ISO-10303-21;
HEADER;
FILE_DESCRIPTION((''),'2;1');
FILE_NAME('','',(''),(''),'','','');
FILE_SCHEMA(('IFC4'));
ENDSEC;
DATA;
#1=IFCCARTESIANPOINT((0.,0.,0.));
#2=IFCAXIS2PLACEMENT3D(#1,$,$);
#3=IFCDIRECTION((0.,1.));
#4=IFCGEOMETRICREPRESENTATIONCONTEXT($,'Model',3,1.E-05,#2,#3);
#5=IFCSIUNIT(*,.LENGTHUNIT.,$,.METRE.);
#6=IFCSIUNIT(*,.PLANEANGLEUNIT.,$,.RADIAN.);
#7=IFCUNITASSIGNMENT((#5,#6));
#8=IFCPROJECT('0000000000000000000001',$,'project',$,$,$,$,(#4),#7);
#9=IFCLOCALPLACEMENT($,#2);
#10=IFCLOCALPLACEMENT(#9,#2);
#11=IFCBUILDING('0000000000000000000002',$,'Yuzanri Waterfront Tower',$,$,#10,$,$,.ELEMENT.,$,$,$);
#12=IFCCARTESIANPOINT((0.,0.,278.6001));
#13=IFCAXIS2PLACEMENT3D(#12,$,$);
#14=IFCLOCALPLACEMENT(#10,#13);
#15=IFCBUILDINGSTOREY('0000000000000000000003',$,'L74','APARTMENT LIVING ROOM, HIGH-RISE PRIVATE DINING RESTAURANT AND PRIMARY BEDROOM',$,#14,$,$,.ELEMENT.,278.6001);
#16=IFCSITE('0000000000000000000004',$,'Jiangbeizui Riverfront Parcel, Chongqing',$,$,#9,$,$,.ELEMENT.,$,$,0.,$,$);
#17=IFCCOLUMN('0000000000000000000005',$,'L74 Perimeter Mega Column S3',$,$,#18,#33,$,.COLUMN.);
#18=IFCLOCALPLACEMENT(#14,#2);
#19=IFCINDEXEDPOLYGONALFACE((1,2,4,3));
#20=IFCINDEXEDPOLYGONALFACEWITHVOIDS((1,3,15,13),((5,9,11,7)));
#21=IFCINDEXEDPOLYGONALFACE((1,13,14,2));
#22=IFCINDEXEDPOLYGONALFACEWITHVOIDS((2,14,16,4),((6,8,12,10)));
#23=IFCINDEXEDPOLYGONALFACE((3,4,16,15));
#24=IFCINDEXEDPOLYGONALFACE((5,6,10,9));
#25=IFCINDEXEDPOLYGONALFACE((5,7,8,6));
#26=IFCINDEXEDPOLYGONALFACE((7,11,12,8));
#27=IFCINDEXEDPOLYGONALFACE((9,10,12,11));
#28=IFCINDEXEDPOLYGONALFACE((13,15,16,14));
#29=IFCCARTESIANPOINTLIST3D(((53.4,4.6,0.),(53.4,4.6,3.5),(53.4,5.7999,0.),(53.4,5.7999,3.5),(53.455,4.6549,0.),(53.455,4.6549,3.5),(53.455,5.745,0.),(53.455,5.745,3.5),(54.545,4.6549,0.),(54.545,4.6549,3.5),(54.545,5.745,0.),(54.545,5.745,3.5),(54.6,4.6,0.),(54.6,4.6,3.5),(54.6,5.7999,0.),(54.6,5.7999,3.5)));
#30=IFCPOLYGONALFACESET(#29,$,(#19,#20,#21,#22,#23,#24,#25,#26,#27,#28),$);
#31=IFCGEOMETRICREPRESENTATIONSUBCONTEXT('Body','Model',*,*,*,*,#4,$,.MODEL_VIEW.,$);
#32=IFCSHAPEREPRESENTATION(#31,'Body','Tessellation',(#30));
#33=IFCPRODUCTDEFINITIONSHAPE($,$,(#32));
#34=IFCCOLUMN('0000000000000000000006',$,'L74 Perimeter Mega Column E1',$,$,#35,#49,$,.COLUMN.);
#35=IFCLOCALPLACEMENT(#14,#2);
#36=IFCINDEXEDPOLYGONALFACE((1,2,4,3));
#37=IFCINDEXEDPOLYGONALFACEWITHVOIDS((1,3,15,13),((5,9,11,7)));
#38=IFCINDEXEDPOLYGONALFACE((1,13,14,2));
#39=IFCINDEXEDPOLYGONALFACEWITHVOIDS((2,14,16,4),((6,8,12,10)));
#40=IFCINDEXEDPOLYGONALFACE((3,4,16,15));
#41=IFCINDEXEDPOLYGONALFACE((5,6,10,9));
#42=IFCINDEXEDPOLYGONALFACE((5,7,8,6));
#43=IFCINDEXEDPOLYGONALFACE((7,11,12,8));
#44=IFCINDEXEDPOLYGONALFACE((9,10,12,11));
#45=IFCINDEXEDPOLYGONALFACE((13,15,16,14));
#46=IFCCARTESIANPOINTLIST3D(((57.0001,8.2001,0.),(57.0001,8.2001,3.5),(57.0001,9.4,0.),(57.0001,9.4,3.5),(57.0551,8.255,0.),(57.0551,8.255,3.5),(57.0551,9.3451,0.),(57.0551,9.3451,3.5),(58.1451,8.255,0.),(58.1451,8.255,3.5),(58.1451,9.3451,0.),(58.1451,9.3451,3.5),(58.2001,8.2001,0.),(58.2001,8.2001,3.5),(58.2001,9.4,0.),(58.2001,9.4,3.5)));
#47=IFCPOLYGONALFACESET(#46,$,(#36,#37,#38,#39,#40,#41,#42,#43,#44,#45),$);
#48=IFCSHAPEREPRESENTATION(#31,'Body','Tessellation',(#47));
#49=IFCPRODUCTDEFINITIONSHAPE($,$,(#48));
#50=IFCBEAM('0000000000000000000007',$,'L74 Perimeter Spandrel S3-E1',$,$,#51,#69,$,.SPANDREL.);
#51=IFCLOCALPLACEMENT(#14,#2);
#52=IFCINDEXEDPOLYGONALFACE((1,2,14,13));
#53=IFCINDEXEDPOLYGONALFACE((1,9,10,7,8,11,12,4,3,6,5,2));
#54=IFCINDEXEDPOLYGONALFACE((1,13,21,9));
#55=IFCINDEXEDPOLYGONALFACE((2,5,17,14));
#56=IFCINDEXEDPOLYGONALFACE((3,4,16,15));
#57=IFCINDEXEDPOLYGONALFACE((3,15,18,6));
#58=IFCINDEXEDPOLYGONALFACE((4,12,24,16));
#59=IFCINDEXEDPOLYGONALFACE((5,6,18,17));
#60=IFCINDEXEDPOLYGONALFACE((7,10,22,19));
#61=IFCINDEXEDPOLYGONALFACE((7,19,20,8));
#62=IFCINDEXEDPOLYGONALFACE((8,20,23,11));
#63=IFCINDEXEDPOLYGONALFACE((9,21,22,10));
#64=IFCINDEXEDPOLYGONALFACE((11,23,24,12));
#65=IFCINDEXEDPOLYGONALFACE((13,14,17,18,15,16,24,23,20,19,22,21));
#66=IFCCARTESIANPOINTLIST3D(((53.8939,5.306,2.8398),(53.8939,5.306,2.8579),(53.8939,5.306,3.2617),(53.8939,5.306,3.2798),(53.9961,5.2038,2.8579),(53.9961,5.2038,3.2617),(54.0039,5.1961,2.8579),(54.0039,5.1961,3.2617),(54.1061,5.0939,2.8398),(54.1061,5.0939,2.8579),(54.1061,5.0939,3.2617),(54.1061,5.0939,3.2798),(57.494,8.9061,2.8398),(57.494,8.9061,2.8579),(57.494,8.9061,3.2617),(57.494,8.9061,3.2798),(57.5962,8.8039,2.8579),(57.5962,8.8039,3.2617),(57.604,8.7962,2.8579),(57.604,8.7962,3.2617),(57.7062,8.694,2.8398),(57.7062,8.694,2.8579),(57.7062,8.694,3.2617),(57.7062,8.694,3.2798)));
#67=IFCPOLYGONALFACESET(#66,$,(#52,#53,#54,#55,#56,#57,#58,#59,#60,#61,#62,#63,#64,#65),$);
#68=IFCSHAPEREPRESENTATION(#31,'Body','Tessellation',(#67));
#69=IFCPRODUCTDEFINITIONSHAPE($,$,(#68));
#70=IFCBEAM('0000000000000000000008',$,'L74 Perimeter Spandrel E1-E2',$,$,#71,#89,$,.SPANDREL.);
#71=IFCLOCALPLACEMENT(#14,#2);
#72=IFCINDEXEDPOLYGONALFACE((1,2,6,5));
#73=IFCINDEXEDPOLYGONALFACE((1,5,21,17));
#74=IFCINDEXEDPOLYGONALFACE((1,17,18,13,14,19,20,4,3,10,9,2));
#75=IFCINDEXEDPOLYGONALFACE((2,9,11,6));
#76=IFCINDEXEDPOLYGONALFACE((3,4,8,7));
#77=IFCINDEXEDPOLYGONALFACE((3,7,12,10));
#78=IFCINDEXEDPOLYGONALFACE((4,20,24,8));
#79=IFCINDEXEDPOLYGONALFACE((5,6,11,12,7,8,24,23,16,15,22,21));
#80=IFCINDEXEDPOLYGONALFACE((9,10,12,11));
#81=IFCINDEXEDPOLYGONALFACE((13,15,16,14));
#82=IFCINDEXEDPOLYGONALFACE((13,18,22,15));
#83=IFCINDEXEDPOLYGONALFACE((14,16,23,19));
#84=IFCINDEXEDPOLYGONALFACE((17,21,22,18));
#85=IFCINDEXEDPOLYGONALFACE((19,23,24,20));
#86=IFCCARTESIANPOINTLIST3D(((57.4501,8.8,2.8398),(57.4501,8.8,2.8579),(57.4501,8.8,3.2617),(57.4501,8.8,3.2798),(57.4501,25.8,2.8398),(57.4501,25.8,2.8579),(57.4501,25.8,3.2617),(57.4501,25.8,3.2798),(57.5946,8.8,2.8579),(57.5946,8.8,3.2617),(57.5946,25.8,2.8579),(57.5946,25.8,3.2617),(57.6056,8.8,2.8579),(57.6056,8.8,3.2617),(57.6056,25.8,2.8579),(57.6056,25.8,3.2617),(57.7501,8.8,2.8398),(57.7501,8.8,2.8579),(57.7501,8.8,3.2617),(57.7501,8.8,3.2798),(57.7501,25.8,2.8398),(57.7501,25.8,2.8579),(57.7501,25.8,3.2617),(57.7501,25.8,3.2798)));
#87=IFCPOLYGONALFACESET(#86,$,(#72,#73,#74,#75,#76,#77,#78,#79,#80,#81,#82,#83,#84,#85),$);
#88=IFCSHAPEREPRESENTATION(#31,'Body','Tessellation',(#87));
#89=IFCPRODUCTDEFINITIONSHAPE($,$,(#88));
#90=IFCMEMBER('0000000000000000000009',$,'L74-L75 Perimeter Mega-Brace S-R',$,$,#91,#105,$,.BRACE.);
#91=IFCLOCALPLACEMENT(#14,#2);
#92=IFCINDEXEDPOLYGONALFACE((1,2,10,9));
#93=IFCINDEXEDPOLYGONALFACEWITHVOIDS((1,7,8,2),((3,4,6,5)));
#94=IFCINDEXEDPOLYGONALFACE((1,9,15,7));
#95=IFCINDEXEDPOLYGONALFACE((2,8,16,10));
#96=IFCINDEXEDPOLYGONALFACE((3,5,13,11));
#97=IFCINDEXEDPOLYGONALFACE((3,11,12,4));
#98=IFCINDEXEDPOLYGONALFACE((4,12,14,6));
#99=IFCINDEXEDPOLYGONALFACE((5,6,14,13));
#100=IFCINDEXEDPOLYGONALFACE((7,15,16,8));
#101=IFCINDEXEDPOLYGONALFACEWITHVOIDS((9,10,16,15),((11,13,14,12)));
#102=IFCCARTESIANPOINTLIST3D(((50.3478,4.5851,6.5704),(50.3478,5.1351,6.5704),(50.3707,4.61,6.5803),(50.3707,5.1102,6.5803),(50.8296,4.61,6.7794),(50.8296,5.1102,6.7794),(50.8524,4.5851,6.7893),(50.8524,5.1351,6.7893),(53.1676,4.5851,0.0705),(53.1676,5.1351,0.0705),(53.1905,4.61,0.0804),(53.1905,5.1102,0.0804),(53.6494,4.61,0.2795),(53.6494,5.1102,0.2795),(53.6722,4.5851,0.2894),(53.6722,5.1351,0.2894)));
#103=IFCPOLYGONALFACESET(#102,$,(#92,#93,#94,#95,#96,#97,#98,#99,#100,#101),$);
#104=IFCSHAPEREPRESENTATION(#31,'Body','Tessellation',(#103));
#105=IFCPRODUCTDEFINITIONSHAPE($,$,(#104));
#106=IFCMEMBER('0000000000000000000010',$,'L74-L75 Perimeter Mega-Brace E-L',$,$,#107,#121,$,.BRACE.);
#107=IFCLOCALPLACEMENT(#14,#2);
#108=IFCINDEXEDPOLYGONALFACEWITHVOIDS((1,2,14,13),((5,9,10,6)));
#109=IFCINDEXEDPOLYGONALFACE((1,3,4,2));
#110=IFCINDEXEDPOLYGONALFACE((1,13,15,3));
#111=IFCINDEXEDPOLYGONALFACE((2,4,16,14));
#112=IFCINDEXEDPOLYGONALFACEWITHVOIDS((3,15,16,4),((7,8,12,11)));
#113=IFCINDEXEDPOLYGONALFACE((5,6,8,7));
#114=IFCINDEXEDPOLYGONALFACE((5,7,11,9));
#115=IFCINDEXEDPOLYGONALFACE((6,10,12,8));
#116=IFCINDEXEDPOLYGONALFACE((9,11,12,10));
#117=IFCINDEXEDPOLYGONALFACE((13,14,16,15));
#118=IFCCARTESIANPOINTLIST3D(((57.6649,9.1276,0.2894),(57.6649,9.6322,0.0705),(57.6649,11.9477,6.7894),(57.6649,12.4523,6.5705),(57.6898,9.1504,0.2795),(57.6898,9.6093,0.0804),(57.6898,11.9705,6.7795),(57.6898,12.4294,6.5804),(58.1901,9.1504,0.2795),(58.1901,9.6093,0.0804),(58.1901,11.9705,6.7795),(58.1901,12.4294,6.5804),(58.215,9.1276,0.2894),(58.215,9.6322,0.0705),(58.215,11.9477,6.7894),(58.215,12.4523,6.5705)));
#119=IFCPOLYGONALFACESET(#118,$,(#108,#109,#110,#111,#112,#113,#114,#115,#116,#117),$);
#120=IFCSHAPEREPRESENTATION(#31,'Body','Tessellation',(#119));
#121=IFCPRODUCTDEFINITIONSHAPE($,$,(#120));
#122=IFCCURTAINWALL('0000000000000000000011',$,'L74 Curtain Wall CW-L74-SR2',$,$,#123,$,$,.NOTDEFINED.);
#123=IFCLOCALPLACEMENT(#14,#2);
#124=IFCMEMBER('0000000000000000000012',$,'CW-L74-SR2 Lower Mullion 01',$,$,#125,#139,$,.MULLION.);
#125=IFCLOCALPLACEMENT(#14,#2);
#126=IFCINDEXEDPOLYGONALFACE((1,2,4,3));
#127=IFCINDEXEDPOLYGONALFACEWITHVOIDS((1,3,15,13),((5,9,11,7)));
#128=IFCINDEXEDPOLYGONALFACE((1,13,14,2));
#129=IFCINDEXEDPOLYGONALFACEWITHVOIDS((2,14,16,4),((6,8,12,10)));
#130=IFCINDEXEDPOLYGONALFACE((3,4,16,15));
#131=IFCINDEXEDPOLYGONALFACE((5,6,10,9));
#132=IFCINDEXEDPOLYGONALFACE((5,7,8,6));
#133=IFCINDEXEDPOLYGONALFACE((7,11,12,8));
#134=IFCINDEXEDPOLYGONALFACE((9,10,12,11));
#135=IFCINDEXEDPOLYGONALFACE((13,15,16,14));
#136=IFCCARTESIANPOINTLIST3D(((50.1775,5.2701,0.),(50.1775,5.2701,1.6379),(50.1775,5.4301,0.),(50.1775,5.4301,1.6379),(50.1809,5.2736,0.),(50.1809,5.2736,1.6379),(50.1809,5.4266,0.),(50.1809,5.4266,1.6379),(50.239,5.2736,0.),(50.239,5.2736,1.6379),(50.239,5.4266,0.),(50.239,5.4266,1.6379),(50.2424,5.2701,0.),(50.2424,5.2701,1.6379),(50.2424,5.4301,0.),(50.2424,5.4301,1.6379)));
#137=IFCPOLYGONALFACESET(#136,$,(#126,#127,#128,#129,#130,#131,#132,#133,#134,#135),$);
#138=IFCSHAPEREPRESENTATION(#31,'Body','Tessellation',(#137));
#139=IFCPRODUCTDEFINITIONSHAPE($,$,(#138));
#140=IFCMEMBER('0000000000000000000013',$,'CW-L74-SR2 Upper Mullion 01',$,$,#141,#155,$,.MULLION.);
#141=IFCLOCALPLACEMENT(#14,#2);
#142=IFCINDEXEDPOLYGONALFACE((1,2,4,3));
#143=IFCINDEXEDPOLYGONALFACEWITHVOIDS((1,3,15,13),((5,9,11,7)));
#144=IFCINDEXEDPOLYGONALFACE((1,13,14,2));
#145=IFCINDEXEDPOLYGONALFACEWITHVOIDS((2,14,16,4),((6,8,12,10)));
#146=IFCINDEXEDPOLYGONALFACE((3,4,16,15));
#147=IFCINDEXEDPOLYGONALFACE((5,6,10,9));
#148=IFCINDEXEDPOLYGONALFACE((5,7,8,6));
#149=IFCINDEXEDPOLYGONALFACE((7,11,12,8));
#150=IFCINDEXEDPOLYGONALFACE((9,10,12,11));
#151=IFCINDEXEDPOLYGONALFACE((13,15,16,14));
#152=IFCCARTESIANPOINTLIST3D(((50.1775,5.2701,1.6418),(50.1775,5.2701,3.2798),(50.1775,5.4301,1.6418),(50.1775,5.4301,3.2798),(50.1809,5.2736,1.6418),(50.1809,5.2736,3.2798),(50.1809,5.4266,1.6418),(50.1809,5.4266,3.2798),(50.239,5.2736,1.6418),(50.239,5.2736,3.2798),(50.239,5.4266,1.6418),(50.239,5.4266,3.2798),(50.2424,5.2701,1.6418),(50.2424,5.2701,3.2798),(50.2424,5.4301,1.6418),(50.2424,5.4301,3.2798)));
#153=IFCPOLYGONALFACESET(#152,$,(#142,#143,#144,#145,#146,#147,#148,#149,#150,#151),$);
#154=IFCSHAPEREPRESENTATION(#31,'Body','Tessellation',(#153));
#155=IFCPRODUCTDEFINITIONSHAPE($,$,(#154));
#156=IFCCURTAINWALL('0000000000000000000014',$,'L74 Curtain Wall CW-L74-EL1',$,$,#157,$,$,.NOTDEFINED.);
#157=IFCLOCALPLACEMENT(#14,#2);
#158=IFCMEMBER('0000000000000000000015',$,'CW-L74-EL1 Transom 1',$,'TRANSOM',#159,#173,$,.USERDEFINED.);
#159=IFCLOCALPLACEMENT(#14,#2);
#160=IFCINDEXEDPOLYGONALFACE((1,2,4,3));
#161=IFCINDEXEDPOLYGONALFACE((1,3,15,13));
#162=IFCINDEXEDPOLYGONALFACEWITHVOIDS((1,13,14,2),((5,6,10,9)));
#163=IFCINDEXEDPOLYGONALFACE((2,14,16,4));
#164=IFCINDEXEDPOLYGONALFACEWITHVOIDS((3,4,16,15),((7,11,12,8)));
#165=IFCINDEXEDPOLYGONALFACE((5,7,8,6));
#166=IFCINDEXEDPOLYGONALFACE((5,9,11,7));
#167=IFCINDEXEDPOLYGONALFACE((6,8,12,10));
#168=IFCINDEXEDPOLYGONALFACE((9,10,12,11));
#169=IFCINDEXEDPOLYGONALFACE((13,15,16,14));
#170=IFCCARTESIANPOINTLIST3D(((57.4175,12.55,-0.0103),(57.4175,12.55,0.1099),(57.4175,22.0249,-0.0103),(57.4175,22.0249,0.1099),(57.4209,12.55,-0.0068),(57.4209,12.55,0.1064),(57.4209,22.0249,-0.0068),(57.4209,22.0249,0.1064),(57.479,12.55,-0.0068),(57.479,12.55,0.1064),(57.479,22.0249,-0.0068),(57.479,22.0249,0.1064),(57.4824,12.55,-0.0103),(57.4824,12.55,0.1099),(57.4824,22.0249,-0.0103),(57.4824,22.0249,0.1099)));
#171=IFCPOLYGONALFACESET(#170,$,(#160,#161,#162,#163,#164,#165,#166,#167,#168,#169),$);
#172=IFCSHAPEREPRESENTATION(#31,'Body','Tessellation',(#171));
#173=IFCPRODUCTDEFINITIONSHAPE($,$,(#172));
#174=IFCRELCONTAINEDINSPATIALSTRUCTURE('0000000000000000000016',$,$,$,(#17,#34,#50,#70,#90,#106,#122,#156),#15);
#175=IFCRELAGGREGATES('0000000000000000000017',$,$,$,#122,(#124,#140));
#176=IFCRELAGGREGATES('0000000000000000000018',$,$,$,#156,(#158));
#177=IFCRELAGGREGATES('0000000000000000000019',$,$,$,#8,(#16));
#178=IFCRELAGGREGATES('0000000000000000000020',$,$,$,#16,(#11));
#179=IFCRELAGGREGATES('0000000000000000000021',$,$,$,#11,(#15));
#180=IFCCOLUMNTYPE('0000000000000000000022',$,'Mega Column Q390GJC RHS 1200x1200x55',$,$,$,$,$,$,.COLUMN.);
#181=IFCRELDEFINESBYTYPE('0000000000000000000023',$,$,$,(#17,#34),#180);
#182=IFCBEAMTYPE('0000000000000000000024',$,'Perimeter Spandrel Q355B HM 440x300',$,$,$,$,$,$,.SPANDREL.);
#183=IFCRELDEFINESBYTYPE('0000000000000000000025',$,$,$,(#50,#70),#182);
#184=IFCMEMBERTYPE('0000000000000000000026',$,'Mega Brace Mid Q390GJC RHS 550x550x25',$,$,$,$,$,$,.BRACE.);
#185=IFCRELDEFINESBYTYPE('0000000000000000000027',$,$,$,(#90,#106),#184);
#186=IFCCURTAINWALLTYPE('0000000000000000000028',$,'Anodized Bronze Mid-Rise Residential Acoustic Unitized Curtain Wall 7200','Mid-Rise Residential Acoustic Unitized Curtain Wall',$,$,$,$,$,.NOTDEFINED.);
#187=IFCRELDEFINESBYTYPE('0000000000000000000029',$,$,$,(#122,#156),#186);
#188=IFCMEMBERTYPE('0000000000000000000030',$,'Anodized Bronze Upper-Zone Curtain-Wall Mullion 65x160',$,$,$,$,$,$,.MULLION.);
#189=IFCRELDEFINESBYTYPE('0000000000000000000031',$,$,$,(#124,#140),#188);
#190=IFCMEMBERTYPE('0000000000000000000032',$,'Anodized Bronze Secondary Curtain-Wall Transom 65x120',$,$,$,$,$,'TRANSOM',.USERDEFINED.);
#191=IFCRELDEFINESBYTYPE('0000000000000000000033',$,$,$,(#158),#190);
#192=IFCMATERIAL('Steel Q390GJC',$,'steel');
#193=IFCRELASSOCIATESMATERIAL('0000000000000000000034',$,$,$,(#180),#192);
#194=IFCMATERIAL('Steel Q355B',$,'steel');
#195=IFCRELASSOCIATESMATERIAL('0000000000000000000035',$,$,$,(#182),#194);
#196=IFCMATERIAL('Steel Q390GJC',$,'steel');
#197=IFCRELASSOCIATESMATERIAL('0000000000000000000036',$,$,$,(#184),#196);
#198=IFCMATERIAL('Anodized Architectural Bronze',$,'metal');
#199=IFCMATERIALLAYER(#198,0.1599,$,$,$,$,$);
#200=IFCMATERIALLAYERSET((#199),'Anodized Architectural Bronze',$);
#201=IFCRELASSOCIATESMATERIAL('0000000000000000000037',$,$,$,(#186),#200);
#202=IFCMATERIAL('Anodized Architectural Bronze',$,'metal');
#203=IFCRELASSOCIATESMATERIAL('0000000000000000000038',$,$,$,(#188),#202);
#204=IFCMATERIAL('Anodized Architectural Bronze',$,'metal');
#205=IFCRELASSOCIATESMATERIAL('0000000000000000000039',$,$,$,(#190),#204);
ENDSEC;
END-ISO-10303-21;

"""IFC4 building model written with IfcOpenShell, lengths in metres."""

from ifc_helpers import new_model, si_unit, direction, frame, origin, origin_2d, place, context, subcontext, project, spatial, hollow_rectangle, i_section, extrude, source, transform, mapped, material, layer, layer_set, material_profile, profile_set, type_object, element, aggregate, save


model = new_model("IFC4")

# Units and contexts
model_context = context("Model", 3, precision=1e-05, world=origin(), true_north=direction((0.0, 1.0)))
body_context = subcontext(model_context, "Body", "Model", "MODEL_VIEW")
ifc_project = project(units=[si_unit("LENGTHUNIT", "METRE"), si_unit("PLANEANGLEUNIT", "RADIAN")], contexts=[model_context])

# Site, building, storey
site_placement = place(None, origin())
site = spatial("IfcSite", under=ifc_project, at=site_placement, Name="Jiangbeizui Riverfront Parcel, Chongqing", CompositionType="ELEMENT", RefElevation=0.0)
building_placement = place(site_placement, origin())
building = spatial("IfcBuilding", under=site, at=building_placement, Name="Yuzanri Waterfront Tower", CompositionType="ELEMENT")
storey_placement = place(building_placement, frame((0.0, 0.0, 278.6001)))
storey = spatial("IfcBuildingStorey", under=building, at=storey_placement, Name="L74", Description="APARTMENT LIVING ROOM, HIGH-RISE PRIVATE DINING RESTAURANT AND PRIMARY BEDROOM", CompositionType="ELEMENT", Elevation=278.6001)

# Columns
ifc_material_1 = material(Name="Steel Q390GJC", Category="steel")
ifc_material_profile_1 = material_profile(ifc_material_1, hollow_rectangle(XDim=1.2, YDim=1.2, WallThickness=0.0549, at=origin_2d()), Name="RHS 1200x1200x55")
ifc_profile_set_1 = profile_set([ifc_material_profile_1], Name="Steel Q390GJC")
column_type = type_object("IfcColumnType", Name="Mega Column Q390GJC RHS 1200x1200x55", PredefinedType="COLUMN", material=ifc_profile_set_1)
shared_shape_1 = source(origin(), body_context, "Body", "SweptSolid", [
    extrude(hollow_rectangle(XDim=1.2, YDim=1.2, WallThickness=0.0549, at=origin_2d()), origin(), (0.0, 0.0, 1.0), 3.5),
])
for number, where, z_axis, x_axis, name in (
    (1, (54.0, 5.2, 0.0), (0.0, 0.0, 1.0), (1.0, 0.0, 0.0), "L74 Perimeter Mega Column S3"),
    (2, (57.6001, 8.8, 0.0), (0.0, 0.0, 1.0), (1.0, 0.0, 0.0), "L74 Perimeter Mega Column E1"),
):
    element("IfcColumn", number, at=place(storey_placement, frame(where, z_axis=z_axis, x_axis=x_axis)), inside=storey, type_object=column_type, Name=name, PredefinedType="COLUMN", context=body_context, shape_type="MappedRepresentation", body=[
        mapped(shared_shape_1, transform((0.0, 0.0, 0.0), scale=1.0)),
    ])

# Beams
ifc_material_2 = material(Name="Steel Q355B", Category="steel")
ifc_material_profile_2 = material_profile(ifc_material_2, i_section(OverallWidth=0.3, OverallDepth=0.4399, WebThickness=0.011, FlangeThickness=0.0181, at=origin_2d()), Name="HM 440x300x11x18")
ifc_profile_set_2 = profile_set([ifc_material_profile_2], Name="Steel Q355B")
beam_type = type_object("IfcBeamType", Name="Perimeter Spandrel Q355B HM 440x300", PredefinedType="SPANDREL", material=ifc_profile_set_2)
shared_shape_2 = source(origin(), body_context, "Body", "SweptSolid", [
    extrude(i_section(OverallWidth=0.3, OverallDepth=0.4399, WebThickness=0.011, FlangeThickness=0.0181, at=origin_2d()), origin(), (0.0, 0.0, 1.0), 5.0913),
])
beam_1_placement = place(storey_placement, frame((54.0, 5.2, 3.0598), z_axis=(0.707107, 0.707107, 0.0), x_axis=(-0.707107, 0.707107, 0.0)))
element("IfcBeam", 3, at=beam_1_placement, inside=storey, type_object=beam_type, Name="L74 Perimeter Spandrel S3-E1", PredefinedType="SPANDREL", context=body_context, shape_type="MappedRepresentation", body=[
    mapped(shared_shape_2, transform((0.0, 0.0, 0.0), scale=1.0)),
])
shared_shape_3 = source(origin(), body_context, "Body", "SweptSolid", [
    extrude(i_section(OverallWidth=0.3, OverallDepth=0.4399, WebThickness=0.011, FlangeThickness=0.0181, at=origin_2d()), origin(), (0.0, 0.0, 1.0), 17.0),
])
beam_2_placement = place(storey_placement, frame((57.6001, 8.8, 3.0598), z_axis=(0.0, 1.0, 0.0), x_axis=(-1.0, 0.0, 0.0)))
element("IfcBeam", 4, at=beam_2_placement, inside=storey, type_object=beam_type, Name="L74 Perimeter Spandrel E1-E2", PredefinedType="SPANDREL", context=body_context, shape_type="MappedRepresentation", body=[
    mapped(shared_shape_3, transform((0.0, 0.0, 0.0), scale=1.0)),
])

# Members
ifc_material_3 = material(Name="Steel Q390GJC", Category="steel")
ifc_material_profile_3 = material_profile(ifc_material_3, hollow_rectangle(XDim=0.55, YDim=0.55, WallThickness=0.0249, at=origin_2d()), Name="RHS 550x550x25")
ifc_profile_set_3 = profile_set([ifc_material_profile_3], Name="Steel Q390GJC")
member_type_1 = type_object("IfcMemberType", Name="Mega Brace Mid Q390GJC RHS 550x550x25", PredefinedType="BRACE", material=ifc_profile_set_3)
shared_shape_4 = source(origin(), body_context, "Body", "SweptSolid", [
    extrude(hollow_rectangle(XDim=0.55, YDim=0.55, WallThickness=0.0249, at=origin_2d()), origin(), (0.0, 0.0, 1.0), 7.0852),
])
member_1_placement = place(storey_placement, frame((53.4199, 4.8601, 0.1799), z_axis=(-0.397983, 0.0, 0.917393), x_axis=(0.0, -1.0, 0.0)))
element("IfcMember", 5, at=member_1_placement, inside=storey, type_object=member_type_1, Name="L74-L75 Perimeter Mega-Brace S-R", PredefinedType="BRACE", context=body_context, shape_type="MappedRepresentation", body=[
    mapped(shared_shape_4, transform((0.0, 0.0, 0.0), scale=1.0)),
])
shared_shape_5 = source(origin(), body_context, "Body", "SweptSolid", [
    extrude(hollow_rectangle(XDim=0.55, YDim=0.55, WallThickness=0.0249, at=origin_2d()), origin(), (0.0, 0.0, 1.0), 7.0854),
])
member_2_placement = place(storey_placement, frame((57.9399, 9.3799, 0.1799), z_axis=(0.0, 0.398012, 0.91738), x_axis=(-1.0, 0.0, 0.0)))
element("IfcMember", 6, at=member_2_placement, inside=storey, type_object=member_type_1, Name="L74-L75 Perimeter Mega-Brace E-L", PredefinedType="BRACE", context=body_context, shape_type="MappedRepresentation", body=[
    mapped(shared_shape_5, transform((0.0, 0.0, 0.0), scale=1.0)),
])

# Curtain walls, members
ifc_material_4 = material(Name="Anodized Architectural Bronze", Category="metal")
ifc_layer_1 = layer(ifc_material_4, 0.1599)
ifc_layer_set_1 = layer_set([ifc_layer_1], Name="Anodized Architectural Bronze")
curtain_wall_type = type_object("IfcCurtainWallType", Name="Anodized Bronze Mid-Rise Residential Acoustic Unitized Curtain Wall 7200", Description="Mid-Rise Residential Acoustic Unitized Curtain Wall", PredefinedType="NOTDEFINED", material=ifc_layer_set_1)
curtain_wall_1_placement = place(storey_placement, origin())
curtain_wall_1 = element("IfcCurtainWall", 7, at=curtain_wall_1_placement, inside=storey, type_object=curtain_wall_type, Name="L74 Curtain Wall CW-L74-SR2", PredefinedType="NOTDEFINED")
ifc_material_5 = material(Name="Anodized Architectural Bronze", Category="metal")
ifc_material_profile_4 = material_profile(ifc_material_5, hollow_rectangle(XDim=0.0649, YDim=0.1599, WallThickness=0.0034, at=origin_2d()), Name="CWM 65x160")
ifc_profile_set_4 = profile_set([ifc_material_profile_4], Name="Anodized Architectural Bronze")
member_type_2 = type_object("IfcMemberType", Name="Anodized Bronze Upper-Zone Curtain-Wall Mullion 65x160", PredefinedType="MULLION", material=ifc_profile_set_4)
shared_shape_6 = source(origin(), body_context, "Body", "SweptSolid", [
    extrude(hollow_rectangle(XDim=0.0649, YDim=0.1599, WallThickness=0.0034, at=origin_2d()), origin(), (0.0, 0.0, 1.0), 1.6379),
])
member_3_placement = place(storey_placement, frame((50.21, 5.3501, 0.0), z_axis=(0.0, 0.0, 1.0), x_axis=(1.0, 0.0, 0.0)))
member_3 = element("IfcMember", 8, at=member_3_placement, type_object=member_type_2, Name="CW-L74-SR2 Lower Mullion 01", PredefinedType="MULLION", context=body_context, shape_type="MappedRepresentation", body=[
    mapped(shared_shape_6, transform((0.0, 0.0, 0.0), scale=1.0)),
])
member_4_placement = place(storey_placement, frame((50.21, 5.3501, 1.6418), z_axis=(0.0, 0.0, 1.0), x_axis=(1.0, 0.0, 0.0)))
member_4 = element("IfcMember", 9, at=member_4_placement, type_object=member_type_2, Name="CW-L74-SR2 Upper Mullion 01", PredefinedType="MULLION", context=body_context, shape_type="MappedRepresentation", body=[
    mapped(shared_shape_6, transform((0.0, 0.0, 0.0), scale=1.0)),
])
aggregate(curtain_wall_1, [member_3, member_4])
curtain_wall_2_placement = place(storey_placement, origin())
curtain_wall_2 = element("IfcCurtainWall", 10, at=curtain_wall_2_placement, inside=storey, type_object=curtain_wall_type, Name="L74 Curtain Wall CW-L74-EL1", PredefinedType="NOTDEFINED")
ifc_material_6 = material(Name="Anodized Architectural Bronze", Category="metal")
ifc_material_profile_5 = material_profile(ifc_material_6, hollow_rectangle(XDim=0.0649, YDim=0.1201, WallThickness=0.0034, at=origin_2d()), Name="CWT 65x120")
ifc_profile_set_5 = profile_set([ifc_material_profile_5], Name="Anodized Architectural Bronze")
member_type_3 = type_object("IfcMemberType", Name="Anodized Bronze Secondary Curtain-Wall Transom 65x120", ElementType="TRANSOM", PredefinedType="USERDEFINED", material=ifc_profile_set_5)
shared_shape_7 = source(origin(), body_context, "Body", "SweptSolid", [
    extrude(hollow_rectangle(XDim=0.0649, YDim=0.1201, WallThickness=0.0034, at=origin_2d()), origin(), (0.0, 0.0, 1.0), 9.4749),
])
member_5_placement = place(storey_placement, frame((57.45, 12.55, 0.0498), z_axis=(0.0, 1.0, 0.0), x_axis=(-1.0, 0.0, 0.0)))
member_5 = element("IfcMember", 11, at=member_5_placement, type_object=member_type_3, Name="CW-L74-EL1 Transom 1", ObjectType="TRANSOM", PredefinedType="USERDEFINED", context=body_context, shape_type="MappedRepresentation", body=[
    mapped(shared_shape_7, transform((0.0, 0.0, 0.0), scale=1.0)),
])
aggregate(curtain_wall_2, [member_5])

save(model, "model.ifc")
